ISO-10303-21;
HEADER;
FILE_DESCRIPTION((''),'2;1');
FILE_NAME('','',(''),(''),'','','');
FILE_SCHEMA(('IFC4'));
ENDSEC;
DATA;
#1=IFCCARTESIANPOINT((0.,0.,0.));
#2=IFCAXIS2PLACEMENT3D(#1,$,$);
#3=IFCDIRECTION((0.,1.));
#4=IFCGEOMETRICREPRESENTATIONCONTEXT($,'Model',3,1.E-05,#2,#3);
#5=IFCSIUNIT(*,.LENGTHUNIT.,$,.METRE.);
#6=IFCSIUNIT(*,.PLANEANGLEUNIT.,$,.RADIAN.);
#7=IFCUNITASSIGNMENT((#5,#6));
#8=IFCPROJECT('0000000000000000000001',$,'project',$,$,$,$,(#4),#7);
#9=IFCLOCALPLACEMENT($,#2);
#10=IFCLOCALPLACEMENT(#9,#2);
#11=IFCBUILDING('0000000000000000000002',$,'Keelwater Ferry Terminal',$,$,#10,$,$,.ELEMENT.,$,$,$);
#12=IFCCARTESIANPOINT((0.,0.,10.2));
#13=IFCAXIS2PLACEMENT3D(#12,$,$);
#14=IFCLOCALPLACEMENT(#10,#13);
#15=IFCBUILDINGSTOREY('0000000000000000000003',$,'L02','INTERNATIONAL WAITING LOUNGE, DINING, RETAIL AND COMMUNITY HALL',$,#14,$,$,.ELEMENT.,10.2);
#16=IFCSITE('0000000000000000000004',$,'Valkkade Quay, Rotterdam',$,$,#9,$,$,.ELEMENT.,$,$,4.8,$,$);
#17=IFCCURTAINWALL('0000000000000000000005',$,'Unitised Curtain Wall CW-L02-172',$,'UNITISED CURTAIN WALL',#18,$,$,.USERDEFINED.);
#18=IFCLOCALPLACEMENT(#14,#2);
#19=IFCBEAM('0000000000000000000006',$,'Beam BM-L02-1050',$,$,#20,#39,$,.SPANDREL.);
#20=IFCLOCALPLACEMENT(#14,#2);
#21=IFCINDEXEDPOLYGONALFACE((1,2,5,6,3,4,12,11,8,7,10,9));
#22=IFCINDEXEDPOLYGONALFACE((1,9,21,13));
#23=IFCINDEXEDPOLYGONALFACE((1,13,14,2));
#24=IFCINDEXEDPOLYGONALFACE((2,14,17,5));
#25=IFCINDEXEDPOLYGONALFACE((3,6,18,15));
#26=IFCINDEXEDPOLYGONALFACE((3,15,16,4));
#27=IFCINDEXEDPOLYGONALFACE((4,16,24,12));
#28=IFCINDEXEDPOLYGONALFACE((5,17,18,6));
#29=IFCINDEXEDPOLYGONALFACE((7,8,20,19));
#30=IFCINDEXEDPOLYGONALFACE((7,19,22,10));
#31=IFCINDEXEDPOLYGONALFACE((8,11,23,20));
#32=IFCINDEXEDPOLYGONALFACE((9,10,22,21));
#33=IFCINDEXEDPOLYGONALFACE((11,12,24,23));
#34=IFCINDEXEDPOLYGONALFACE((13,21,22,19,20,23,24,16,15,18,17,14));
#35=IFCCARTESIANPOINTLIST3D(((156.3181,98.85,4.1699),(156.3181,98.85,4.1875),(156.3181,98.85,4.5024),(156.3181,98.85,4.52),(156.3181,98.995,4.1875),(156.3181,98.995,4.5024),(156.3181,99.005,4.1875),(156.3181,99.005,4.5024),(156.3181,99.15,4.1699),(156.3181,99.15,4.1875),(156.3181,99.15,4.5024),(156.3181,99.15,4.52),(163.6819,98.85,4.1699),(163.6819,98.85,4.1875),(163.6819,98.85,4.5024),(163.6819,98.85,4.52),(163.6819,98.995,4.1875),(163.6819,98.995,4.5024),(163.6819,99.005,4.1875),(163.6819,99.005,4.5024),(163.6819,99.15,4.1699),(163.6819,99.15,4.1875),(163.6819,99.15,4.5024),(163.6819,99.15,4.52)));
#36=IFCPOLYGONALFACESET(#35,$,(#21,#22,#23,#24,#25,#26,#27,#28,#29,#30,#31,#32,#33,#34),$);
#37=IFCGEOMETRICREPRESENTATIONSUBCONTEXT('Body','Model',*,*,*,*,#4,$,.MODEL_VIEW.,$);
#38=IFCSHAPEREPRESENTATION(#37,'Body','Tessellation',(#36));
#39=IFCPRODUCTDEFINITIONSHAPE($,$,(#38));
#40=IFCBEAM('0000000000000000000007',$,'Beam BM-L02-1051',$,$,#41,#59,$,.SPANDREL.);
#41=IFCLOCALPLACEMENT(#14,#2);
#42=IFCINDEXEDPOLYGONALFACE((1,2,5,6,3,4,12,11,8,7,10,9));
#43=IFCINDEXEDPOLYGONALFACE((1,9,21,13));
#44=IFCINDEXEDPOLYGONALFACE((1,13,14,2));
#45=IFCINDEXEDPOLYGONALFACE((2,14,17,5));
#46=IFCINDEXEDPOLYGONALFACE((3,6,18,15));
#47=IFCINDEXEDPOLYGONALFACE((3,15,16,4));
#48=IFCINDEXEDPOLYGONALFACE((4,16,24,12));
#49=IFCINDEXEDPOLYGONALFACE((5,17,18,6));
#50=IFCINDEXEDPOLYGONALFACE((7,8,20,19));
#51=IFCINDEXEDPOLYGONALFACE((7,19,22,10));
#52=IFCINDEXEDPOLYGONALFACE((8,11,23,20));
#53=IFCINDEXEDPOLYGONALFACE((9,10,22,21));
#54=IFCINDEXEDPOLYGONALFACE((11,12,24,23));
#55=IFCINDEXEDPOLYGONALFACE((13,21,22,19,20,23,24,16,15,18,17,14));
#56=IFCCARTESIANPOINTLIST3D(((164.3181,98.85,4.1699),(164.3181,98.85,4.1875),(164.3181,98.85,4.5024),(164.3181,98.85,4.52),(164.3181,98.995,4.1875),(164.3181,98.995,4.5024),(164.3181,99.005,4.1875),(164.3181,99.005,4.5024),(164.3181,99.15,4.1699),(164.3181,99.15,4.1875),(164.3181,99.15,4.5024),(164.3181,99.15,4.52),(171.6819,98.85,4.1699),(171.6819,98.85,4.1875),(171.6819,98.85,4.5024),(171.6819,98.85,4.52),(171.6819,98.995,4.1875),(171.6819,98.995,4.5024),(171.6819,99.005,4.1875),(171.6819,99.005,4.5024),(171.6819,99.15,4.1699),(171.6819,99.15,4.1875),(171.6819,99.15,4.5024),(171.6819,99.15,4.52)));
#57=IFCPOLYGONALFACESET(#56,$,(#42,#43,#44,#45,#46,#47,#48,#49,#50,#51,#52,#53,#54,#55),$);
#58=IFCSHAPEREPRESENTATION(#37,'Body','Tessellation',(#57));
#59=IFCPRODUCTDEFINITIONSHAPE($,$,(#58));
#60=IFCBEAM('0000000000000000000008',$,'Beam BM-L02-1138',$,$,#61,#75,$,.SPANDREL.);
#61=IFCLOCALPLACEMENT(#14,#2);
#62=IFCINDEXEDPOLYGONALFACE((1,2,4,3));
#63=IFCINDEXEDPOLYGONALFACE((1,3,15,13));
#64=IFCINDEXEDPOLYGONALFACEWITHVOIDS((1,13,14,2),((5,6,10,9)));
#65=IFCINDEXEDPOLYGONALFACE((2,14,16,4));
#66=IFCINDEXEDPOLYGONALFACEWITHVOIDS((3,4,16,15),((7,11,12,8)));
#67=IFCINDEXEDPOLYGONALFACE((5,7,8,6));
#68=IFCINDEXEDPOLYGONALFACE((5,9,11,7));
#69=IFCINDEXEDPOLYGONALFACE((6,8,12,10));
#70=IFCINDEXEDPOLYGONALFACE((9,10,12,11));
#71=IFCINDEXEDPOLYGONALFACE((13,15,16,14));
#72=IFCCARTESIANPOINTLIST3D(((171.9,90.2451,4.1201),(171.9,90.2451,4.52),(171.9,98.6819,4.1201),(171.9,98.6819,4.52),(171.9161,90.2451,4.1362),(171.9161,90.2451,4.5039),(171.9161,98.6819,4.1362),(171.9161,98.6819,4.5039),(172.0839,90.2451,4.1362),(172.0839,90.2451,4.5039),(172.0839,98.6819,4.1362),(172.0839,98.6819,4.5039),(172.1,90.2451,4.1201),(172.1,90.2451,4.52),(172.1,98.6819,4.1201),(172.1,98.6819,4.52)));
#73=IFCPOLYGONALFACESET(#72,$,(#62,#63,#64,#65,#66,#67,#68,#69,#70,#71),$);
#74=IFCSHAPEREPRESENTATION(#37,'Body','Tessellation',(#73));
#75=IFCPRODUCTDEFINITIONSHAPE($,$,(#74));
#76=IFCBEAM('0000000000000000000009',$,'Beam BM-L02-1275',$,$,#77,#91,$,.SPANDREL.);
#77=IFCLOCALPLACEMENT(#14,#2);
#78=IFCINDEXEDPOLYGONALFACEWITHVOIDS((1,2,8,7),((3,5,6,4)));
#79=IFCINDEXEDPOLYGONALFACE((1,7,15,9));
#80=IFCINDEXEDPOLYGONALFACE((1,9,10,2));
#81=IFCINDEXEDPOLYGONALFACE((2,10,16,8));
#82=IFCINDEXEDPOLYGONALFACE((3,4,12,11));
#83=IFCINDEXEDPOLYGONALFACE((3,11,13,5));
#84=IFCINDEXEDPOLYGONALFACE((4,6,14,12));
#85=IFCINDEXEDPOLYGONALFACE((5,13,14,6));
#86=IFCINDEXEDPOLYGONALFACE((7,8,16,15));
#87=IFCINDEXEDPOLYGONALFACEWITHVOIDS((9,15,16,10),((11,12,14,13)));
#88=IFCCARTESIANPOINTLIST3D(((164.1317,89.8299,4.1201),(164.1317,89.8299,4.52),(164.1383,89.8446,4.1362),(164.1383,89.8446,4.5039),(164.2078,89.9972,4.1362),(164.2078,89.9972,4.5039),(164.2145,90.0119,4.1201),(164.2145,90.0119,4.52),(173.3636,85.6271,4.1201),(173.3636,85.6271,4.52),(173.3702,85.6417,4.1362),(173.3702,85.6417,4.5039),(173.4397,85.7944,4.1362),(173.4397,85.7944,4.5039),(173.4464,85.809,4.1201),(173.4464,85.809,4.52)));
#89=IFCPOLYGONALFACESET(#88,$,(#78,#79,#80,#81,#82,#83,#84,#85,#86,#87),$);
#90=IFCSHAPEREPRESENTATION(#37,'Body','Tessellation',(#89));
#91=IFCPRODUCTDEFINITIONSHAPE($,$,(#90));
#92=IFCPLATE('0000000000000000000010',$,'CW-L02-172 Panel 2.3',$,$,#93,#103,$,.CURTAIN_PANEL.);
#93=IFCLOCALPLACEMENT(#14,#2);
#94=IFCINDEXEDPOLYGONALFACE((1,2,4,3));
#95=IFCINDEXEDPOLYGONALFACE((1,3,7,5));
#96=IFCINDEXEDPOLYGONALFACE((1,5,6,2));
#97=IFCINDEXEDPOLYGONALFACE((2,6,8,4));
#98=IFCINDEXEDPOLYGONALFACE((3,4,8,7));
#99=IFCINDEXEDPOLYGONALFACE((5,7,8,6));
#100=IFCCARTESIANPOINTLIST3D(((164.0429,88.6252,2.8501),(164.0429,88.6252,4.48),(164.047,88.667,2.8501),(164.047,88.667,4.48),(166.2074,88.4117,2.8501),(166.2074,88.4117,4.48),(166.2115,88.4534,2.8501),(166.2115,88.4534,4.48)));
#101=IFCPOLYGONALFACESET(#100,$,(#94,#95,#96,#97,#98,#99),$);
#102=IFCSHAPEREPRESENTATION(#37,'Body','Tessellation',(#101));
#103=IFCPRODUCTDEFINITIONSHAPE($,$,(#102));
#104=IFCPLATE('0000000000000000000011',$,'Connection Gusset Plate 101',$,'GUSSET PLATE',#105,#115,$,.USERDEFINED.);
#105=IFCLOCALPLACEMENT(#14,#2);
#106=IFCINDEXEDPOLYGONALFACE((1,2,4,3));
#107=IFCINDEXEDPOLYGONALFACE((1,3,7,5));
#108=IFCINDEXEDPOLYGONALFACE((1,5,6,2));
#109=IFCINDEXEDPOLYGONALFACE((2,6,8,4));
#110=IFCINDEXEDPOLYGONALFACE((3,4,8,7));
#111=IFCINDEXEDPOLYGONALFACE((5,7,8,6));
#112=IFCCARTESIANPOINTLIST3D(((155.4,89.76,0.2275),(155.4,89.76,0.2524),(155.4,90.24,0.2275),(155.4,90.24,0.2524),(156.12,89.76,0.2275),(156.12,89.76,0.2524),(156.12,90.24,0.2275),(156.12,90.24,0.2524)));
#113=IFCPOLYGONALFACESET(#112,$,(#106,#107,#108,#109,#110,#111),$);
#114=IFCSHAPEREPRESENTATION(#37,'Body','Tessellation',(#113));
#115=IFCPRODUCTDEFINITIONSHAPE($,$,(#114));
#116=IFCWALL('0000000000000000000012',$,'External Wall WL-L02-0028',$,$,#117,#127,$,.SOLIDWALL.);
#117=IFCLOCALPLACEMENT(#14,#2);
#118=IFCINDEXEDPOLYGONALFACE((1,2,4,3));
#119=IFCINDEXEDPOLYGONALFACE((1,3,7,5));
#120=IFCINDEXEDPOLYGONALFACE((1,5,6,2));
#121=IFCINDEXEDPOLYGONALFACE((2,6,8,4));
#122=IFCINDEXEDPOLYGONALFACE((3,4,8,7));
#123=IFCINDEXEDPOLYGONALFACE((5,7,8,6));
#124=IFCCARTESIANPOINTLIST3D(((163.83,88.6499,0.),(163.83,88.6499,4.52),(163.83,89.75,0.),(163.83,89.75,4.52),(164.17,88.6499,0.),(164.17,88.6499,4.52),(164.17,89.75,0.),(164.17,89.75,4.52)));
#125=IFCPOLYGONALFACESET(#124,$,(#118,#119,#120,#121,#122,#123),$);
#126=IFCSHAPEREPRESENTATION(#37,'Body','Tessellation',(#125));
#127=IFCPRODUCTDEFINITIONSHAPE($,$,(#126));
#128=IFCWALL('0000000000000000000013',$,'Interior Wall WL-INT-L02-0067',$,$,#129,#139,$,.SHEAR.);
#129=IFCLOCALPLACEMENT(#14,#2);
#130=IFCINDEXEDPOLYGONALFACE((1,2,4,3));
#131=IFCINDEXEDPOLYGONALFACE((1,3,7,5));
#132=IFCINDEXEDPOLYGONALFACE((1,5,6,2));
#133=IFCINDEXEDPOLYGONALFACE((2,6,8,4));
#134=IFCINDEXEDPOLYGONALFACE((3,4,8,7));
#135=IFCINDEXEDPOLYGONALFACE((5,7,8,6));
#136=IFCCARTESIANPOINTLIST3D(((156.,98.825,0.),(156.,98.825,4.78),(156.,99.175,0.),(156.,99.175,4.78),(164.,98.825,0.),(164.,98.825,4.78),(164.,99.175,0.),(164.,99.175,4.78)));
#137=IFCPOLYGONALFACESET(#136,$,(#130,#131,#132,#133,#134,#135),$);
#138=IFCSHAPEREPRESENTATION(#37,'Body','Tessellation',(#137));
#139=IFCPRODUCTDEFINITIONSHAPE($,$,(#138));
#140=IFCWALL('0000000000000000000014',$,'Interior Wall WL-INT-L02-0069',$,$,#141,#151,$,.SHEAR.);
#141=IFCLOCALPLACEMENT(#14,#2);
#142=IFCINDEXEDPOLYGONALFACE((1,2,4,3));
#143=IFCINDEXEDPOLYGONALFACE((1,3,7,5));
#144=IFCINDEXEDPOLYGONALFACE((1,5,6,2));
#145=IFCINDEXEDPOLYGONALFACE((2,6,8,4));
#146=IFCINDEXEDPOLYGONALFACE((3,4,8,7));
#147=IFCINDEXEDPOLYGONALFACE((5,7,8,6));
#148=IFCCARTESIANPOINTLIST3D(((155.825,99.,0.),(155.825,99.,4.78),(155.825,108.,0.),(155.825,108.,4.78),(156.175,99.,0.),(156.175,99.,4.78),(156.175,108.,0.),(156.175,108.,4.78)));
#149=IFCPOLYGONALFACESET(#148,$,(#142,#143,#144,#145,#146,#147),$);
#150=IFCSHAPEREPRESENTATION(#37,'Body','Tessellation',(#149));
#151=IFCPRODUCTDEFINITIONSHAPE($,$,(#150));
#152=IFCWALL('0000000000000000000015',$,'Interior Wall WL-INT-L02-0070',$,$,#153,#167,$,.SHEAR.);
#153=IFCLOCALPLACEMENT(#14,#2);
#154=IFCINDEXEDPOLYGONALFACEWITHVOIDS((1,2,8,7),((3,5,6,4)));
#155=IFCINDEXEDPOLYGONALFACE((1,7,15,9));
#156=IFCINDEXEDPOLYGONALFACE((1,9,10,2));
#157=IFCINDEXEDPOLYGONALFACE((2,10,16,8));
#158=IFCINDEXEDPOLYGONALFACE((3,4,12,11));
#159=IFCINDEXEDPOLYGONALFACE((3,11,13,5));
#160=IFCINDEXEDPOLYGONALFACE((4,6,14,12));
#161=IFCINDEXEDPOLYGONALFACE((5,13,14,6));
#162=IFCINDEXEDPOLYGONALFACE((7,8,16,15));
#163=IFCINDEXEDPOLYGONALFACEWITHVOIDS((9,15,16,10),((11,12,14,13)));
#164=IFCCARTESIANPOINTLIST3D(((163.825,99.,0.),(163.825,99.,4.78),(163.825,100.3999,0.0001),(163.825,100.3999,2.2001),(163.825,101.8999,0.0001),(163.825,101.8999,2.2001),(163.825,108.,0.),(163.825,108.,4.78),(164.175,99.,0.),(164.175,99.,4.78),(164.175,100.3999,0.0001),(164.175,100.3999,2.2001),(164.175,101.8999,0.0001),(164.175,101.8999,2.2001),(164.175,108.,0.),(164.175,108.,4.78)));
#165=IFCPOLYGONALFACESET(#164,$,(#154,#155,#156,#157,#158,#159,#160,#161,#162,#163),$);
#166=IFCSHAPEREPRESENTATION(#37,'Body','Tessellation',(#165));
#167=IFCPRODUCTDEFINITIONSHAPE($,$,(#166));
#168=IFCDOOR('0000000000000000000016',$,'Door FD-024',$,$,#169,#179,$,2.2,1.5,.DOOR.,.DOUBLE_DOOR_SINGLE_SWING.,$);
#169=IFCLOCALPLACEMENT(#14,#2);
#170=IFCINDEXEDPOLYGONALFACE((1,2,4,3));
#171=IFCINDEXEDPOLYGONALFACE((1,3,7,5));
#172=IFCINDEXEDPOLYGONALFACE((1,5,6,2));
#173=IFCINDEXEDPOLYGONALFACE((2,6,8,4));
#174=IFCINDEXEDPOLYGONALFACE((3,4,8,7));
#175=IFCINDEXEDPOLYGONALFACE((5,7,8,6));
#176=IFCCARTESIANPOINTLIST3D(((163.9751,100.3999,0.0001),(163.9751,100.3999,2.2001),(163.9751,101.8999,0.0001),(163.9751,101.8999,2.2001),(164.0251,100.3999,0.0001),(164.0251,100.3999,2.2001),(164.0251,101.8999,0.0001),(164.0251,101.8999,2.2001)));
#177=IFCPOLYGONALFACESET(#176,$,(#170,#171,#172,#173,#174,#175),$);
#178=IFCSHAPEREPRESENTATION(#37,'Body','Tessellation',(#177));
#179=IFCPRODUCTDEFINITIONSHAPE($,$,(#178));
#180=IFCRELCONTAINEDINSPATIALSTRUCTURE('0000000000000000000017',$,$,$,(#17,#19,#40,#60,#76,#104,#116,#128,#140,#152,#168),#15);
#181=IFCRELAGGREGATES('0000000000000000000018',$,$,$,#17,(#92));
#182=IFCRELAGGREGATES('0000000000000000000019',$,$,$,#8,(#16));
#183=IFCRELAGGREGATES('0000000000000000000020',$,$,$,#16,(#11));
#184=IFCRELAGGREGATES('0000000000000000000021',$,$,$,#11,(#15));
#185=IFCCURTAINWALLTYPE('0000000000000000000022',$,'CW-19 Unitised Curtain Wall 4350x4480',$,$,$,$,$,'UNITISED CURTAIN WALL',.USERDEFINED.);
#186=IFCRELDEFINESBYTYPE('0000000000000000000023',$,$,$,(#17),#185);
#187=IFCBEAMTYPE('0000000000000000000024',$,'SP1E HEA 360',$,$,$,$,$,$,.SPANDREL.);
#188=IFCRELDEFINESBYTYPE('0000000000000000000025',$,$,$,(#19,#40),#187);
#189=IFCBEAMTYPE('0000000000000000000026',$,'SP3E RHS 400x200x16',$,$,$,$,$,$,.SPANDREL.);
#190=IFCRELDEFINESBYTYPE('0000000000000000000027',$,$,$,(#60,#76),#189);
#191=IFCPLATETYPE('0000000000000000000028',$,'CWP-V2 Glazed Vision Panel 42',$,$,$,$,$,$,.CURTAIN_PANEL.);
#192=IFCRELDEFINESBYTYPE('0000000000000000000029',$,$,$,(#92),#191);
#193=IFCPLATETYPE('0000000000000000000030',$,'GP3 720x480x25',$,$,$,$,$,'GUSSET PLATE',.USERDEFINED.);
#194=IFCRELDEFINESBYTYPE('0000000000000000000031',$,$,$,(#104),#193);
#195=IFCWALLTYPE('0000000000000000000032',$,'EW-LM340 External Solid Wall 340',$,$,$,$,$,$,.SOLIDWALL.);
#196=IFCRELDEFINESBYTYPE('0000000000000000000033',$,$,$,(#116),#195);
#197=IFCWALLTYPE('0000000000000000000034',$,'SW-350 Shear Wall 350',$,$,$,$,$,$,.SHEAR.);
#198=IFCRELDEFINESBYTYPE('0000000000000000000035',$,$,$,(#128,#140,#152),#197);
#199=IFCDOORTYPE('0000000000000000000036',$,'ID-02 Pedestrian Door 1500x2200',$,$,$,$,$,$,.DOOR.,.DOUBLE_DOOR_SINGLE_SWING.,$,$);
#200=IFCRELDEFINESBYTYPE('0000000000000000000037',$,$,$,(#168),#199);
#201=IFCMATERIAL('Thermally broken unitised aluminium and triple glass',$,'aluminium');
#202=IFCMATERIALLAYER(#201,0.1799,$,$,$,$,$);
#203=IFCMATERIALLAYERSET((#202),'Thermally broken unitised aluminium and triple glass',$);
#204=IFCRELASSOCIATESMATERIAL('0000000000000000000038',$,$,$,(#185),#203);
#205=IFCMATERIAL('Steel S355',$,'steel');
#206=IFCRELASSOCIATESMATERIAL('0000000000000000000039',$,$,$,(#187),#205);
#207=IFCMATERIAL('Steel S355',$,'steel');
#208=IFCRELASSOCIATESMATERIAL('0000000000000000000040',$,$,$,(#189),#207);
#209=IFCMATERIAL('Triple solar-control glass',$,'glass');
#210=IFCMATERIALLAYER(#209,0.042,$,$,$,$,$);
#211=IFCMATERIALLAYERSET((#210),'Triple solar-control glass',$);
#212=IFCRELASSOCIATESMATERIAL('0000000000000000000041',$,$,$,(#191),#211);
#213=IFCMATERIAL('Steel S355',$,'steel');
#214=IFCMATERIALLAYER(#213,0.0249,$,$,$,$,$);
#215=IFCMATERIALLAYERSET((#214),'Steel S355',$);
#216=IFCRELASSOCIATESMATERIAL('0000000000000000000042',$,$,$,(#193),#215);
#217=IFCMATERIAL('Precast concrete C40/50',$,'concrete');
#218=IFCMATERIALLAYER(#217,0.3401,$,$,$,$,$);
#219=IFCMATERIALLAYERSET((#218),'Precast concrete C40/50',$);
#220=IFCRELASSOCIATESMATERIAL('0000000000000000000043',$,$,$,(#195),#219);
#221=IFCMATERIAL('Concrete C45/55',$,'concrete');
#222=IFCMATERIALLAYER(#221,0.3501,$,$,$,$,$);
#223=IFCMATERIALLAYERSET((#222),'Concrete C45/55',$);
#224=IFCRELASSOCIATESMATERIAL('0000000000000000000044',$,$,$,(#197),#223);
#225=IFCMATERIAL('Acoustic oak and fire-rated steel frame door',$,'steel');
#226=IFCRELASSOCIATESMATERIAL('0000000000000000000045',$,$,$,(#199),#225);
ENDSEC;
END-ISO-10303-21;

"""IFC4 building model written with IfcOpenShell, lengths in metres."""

from ifc_helpers import new_model, si_unit, direction, frame, frame_2d, origin, origin_2d, place, context, subcontext, project, spatial, rectangle, hollow_rectangle, i_section, extrude, material, layer, layer_set, material_profile, profile_set, type_object, element, fill, aggregate, save


model = new_model("IFC4")

# Units and contexts
model_context = context("Model", 3, precision=1e-05, world=origin(), true_north=direction((0.0, 1.0)))
body_context = subcontext(model_context, "Body", "Model", "MODEL_VIEW")
ifc_project = project(units=[si_unit("LENGTHUNIT", "METRE"), si_unit("PLANEANGLEUNIT", "RADIAN")], contexts=[model_context])

# Site, building, storey
site_placement = place(None, origin())
site = spatial("IfcSite", under=ifc_project, at=site_placement, Name="Valkkade Quay, Rotterdam", CompositionType="ELEMENT", RefElevation=4.8)
building_placement = place(site_placement, origin())
building = spatial("IfcBuilding", under=site, at=building_placement, Name="Keelwater Ferry Terminal", CompositionType="ELEMENT")
storey_placement = place(building_placement, frame((0.0, 0.0, 10.2)))
storey = spatial("IfcBuildingStorey", under=building, at=storey_placement, Name="L02", Description="INTERNATIONAL WAITING LOUNGE, DINING, RETAIL AND COMMUNITY HALL", CompositionType="ELEMENT", Elevation=10.2)

# Curtain wall
ifc_material_1 = material(Name="Thermally broken unitised aluminium and triple glass", Category="aluminium")
ifc_layer_1 = layer(ifc_material_1, 0.1799)
ifc_layer_set_1 = layer_set([ifc_layer_1], Name="Thermally broken unitised aluminium and triple glass")
curtain_wall_type = type_object("IfcCurtainWallType", Name="CW-19 Unitised Curtain Wall 4350x4480", ElementType="UNITISED CURTAIN WALL", PredefinedType="USERDEFINED", material=ifc_layer_set_1)
curtain_wall_placement = place(storey_placement, origin())
curtain_wall = element("IfcCurtainWall", 1, at=curtain_wall_placement, inside=storey, type_object=curtain_wall_type, Name="Unitised Curtain Wall CW-L02-172", ObjectType="UNITISED CURTAIN WALL", PredefinedType="USERDEFINED")

# Beams
ifc_material_2 = material(Name="Steel S355", Category="steel")
ifc_material_profile_1 = material_profile(ifc_material_2, i_section(OverallWidth=0.3, OverallDepth=0.3501, WebThickness=0.01, FlangeThickness=0.0176, at=origin_2d()), Name="HEA 360")
ifc_profile_set_1 = profile_set([ifc_material_profile_1], Name="Steel S355")
beam_type_1 = type_object("IfcBeamType", Name="SP1E HEA 360", PredefinedType="SPANDREL", material=ifc_profile_set_1)
for number, where, z_axis, x_axis, name in (
    (2, (156.3181, 99.0, 4.345), (1.0, 0.0, 0.0), (0.0, 1.0, 0.0), "Beam BM-L02-1050"),
    (3, (164.3181, 99.0, 4.345), (1.0, 0.0, 0.0), (0.0, 1.0, 0.0), "Beam BM-L02-1051"),
):
    element("IfcBeam", number, at=place(storey_placement, frame(where, z_axis=z_axis, x_axis=x_axis)), inside=storey, type_object=beam_type_1, Name=name, PredefinedType="SPANDREL", context=body_context, shape_type="SweptSolid", body=[
        extrude(i_section(OverallWidth=0.3, OverallDepth=0.3501, WebThickness=0.01, FlangeThickness=0.0176, at=origin_2d()), origin(), (0.0, 0.0, 1.0), 7.3638),
    ])
ifc_material_3 = material(Name="Steel S355", Category="steel")
ifc_material_profile_2 = material_profile(ifc_material_3, hollow_rectangle(XDim=0.2, YDim=0.3999, WallThickness=0.0161, at=origin_2d()), Name="RHS 400x200x16")
ifc_profile_set_2 = profile_set([ifc_material_profile_2], Name="Steel S355")
beam_type_2 = type_object("IfcBeamType", Name="SP3E RHS 400x200x16", PredefinedType="SPANDREL", material=ifc_profile_set_2)
beam_1_placement = place(storey_placement, frame((172.0, 90.2451, 4.3201), z_axis=(0.0, 1.0, 0.0), x_axis=(-1.0, 0.0, 0.0)))
element("IfcBeam", 4, at=beam_1_placement, inside=storey, type_object=beam_type_2, Name="Beam BM-L02-1138", PredefinedType="SPANDREL", context=body_context, shape_type="SweptSolid", body=[
    extrude(hollow_rectangle(XDim=0.2, YDim=0.3999, WallThickness=0.0161, at=origin_2d()), origin(), (0.0, 0.0, 1.0), 8.4368),
])
beam_2_placement = place(storey_placement, frame((164.1731, 89.9209, 4.3201), z_axis=(0.910123, -0.414338, 0.0), x_axis=(0.414338, 0.910123, 0.0)))
element("IfcBeam", 5, at=beam_2_placement, inside=storey, type_object=beam_type_2, Name="Beam BM-L02-1275", PredefinedType="SPANDREL", context=body_context, shape_type="SweptSolid", body=[
    extrude(hollow_rectangle(XDim=0.2, YDim=0.3999, WallThickness=0.0161, at=origin_2d()), origin(), (0.0, 0.0, 1.0), 10.1436),
])

# Plates
ifc_material_4 = material(Name="Triple solar-control glass", Category="glass")
ifc_layer_2 = layer(ifc_material_4, 0.042)
ifc_layer_set_2 = layer_set([ifc_layer_2], Name="Triple solar-control glass")
plate_type_1 = type_object("IfcPlateType", Name="CWP-V2 Glazed Vision Panel 42", PredefinedType="CURTAIN_PANEL", material=ifc_layer_set_2)
plate_1_placement = place(storey_placement, frame((165.1272, 88.5393, 2.8501), z_axis=(0.0, 0.0, 1.0), x_axis=(-0.995171, 0.098161, 0.0)))
plate_1 = element("IfcPlate", 6, at=plate_1_placement, type_object=plate_type_1, Name="CW-L02-172 Panel 2.3", PredefinedType="CURTAIN_PANEL", context=body_context, shape_type="SweptSolid", body=[
    extrude(rectangle(XDim=2.175, YDim=0.042, at=origin_2d()), origin(), (0.0, 0.0, 1.0), 1.6299),
])
aggregate(curtain_wall, [plate_1])
ifc_material_5 = material(Name="Steel S355", Category="steel")
ifc_layer_3 = layer(ifc_material_5, 0.0249)
ifc_layer_set_3 = layer_set([ifc_layer_3], Name="Steel S355")
plate_type_2 = type_object("IfcPlateType", Name="GP3 720x480x25", ElementType="GUSSET PLATE", PredefinedType="USERDEFINED", material=ifc_layer_set_3)
plate_2_placement = place(storey_placement, frame((155.76, 90.0, 0.2275), z_axis=(0.0, 0.0, 1.0), x_axis=(1.0, 0.0, 0.0)))
element("IfcPlate", 7, at=plate_2_placement, inside=storey, type_object=plate_type_2, Name="Connection Gusset Plate 101", ObjectType="GUSSET PLATE", PredefinedType="USERDEFINED", context=body_context, shape_type="SweptSolid", body=[
    extrude(rectangle(XDim=0.72, YDim=0.48, at=origin_2d()), origin(), (0.0, 0.0, 1.0), 0.0249),
])

# Walls
ifc_material_6 = material(Name="Precast concrete C40/50", Category="concrete")
ifc_layer_4 = layer(ifc_material_6, 0.3401)
ifc_layer_set_4 = layer_set([ifc_layer_4], Name="Precast concrete C40/50")
wall_type_1 = type_object("IfcWallType", Name="EW-LM340 External Solid Wall 340", PredefinedType="SOLIDWALL", material=ifc_layer_set_4)
wall_1_placement = place(storey_placement, frame((164.0, 88.6499, 0.0), z_axis=(0.0, 0.0, 1.0), x_axis=(0.0, 1.0, 0.0)))
element("IfcWall", 8, at=wall_1_placement, inside=storey, type_object=wall_type_1, Name="External Wall WL-L02-0028", PredefinedType="SOLIDWALL", context=body_context, shape_type="SweptSolid", body=[
    extrude(rectangle(XDim=1.1001, YDim=0.3401, at=frame_2d((0.55, 0.0))), origin(), (0.0, 0.0, 1.0), 4.52),
])
ifc_material_7 = material(Name="Concrete C45/55", Category="concrete")
ifc_layer_5 = layer(ifc_material_7, 0.3501)
ifc_layer_set_5 = layer_set([ifc_layer_5], Name="Concrete C45/55")
wall_type_2 = type_object("IfcWallType", Name="SW-350 Shear Wall 350", PredefinedType="SHEAR", material=ifc_layer_set_5)
wall_2_placement = place(storey_placement, frame((156.0, 99.0, 0.0), z_axis=(0.0, 0.0, 1.0), x_axis=(1.0, 0.0, 0.0)))
element("IfcWall", 9, at=wall_2_placement, inside=storey, type_object=wall_type_2, Name="Interior Wall WL-INT-L02-0067", PredefinedType="SHEAR", context=body_context, shape_type="SweptSolid", body=[
    extrude(rectangle(XDim=8.0, YDim=0.3501, at=frame_2d((4.0, 0.0))), origin(), (0.0, 0.0, 1.0), 4.78),
])
wall_3_placement = place(storey_placement, frame((156.0, 99.0, 0.0), z_axis=(0.0, 0.0, 1.0), x_axis=(0.0, 1.0, 0.0)))
element("IfcWall", 10, at=wall_3_placement, inside=storey, type_object=wall_type_2, Name="Interior Wall WL-INT-L02-0069", PredefinedType="SHEAR", context=body_context, shape_type="SweptSolid", body=[
    extrude(rectangle(XDim=9.0, YDim=0.3501, at=frame_2d((4.5, 0.0))), origin(), (0.0, 0.0, 1.0), 4.78),
])

# Wall, opening, door
wall_4_placement = place(storey_placement, frame((164.0, 99.0, 0.0), z_axis=(0.0, 0.0, 1.0), x_axis=(0.0, 1.0, 0.0)))
wall_4 = element("IfcWall", 11, at=wall_4_placement, inside=storey, type_object=wall_type_2, Name="Interior Wall WL-INT-L02-0070", PredefinedType="SHEAR", context=body_context, shape_type="SweptSolid", body=[
    extrude(rectangle(XDim=9.0, YDim=0.3501, at=frame_2d((4.5, 0.0))), origin(), (0.0, 0.0, 1.0), 4.78),
])
opening_placement = place(wall_4_placement, frame((1.3999, 0.0, 0.0)))
opening = element("IfcOpeningElement", 12, at=opening_placement, cuts=wall_4, PredefinedType="OPENING", context=body_context, shape_type="SweptSolid", body=[
    extrude(rectangle(XDim=1.5, YDim=2.2, at=frame_2d((0.75, 1.1001))), frame((0.0, 0.1851, 0.0), z_axis=(0.0, -1.0, 0.0), x_axis=(1.0, 0.0, 0.0)), (0.0, 0.0, 1.0), 0.3701),
])
ifc_material_8 = material(Name="Acoustic oak and fire-rated steel frame door", Category="steel")
door_type = type_object("IfcDoorType", Name="ID-02 Pedestrian Door 1500x2200", OperationType="DOUBLE_DOOR_SINGLE_SWING", PredefinedType="DOOR", material=ifc_material_8)
door_placement = place(opening_placement, origin())
door = element("IfcDoor", 13, at=door_placement, inside=storey, type_object=door_type, Name="Door FD-024", OperationType="DOUBLE_DOOR_SINGLE_SWING", OverallHeight=2.2, OverallWidth=1.5, PredefinedType="DOOR", context=body_context, shape_type="SweptSolid", body=[
    extrude(rectangle(XDim=1.5, YDim=2.2, at=frame_2d((0.75, 1.1001))), frame((0.0, 0.0249, 0.0), z_axis=(0.0, -1.0, 0.0), x_axis=(1.0, 0.0, 0.0)), (0.0, 0.0, 1.0), 0.05),
])
fill(opening, door)

save(model, "model.ifc")
